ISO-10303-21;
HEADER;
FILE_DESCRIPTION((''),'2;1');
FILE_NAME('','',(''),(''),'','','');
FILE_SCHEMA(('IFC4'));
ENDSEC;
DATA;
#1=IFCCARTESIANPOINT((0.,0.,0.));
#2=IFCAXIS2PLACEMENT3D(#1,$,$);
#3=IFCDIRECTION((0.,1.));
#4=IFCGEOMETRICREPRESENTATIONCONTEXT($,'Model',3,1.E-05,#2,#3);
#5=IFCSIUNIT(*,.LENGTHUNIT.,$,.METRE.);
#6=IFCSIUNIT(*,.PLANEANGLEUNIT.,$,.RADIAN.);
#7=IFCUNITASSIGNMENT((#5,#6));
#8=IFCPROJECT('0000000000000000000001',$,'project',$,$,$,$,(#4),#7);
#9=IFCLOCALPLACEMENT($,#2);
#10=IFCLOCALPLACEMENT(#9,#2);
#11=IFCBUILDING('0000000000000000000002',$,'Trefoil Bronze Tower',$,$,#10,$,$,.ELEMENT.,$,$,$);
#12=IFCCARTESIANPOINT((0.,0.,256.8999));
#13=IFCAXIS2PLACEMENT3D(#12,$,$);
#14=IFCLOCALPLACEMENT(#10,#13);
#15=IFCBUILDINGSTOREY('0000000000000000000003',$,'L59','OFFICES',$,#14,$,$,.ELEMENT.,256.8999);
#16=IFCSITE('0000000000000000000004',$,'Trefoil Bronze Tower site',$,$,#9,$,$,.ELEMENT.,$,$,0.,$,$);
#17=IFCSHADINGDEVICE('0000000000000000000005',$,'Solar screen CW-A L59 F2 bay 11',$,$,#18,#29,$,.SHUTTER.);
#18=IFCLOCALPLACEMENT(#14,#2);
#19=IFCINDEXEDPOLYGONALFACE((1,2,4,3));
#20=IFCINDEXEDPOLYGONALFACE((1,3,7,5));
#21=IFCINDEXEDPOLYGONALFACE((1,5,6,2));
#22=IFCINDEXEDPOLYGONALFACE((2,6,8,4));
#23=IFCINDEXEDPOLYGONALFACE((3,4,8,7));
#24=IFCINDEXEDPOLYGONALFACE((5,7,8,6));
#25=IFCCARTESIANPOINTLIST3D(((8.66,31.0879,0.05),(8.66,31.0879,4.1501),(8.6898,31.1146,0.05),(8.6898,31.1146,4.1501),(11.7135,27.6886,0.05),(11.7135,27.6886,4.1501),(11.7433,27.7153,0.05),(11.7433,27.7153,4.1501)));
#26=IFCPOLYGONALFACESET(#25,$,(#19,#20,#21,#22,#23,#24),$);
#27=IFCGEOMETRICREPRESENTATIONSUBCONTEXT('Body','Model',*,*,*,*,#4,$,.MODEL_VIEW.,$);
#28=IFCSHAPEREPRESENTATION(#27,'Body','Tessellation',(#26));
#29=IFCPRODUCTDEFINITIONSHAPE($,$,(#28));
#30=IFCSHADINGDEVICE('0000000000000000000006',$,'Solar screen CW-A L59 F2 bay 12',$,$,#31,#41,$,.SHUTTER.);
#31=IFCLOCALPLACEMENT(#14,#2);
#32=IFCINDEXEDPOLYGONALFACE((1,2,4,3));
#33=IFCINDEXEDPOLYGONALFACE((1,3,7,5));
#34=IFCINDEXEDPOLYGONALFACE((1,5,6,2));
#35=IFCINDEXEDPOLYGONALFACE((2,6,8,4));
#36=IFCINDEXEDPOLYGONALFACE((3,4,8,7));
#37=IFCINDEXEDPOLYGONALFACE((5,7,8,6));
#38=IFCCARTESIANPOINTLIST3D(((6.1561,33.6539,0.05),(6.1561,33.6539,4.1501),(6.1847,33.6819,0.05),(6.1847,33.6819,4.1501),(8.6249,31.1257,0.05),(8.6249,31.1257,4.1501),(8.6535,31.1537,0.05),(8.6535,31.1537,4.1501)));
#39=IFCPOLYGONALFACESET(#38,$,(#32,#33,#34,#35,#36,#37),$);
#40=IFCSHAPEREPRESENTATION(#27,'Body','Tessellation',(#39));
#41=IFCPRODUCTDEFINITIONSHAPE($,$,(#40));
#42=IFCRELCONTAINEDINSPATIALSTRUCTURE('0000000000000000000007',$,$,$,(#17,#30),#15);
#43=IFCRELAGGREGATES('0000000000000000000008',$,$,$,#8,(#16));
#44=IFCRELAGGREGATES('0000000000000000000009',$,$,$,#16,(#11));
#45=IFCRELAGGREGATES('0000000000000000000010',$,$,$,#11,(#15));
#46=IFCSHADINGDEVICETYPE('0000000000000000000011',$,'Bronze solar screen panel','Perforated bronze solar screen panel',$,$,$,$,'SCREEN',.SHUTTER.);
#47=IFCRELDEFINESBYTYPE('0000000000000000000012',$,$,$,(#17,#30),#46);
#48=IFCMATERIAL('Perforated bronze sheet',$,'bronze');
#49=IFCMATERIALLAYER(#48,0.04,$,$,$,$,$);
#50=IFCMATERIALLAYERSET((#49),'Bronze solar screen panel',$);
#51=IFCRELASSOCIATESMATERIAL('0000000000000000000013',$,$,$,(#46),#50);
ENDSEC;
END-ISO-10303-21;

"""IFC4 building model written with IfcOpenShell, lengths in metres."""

from ifc_helpers import new_model, si_unit, direction, frame, origin, origin_2d, place, context, subcontext, project, spatial, rectangle, extrude, material, layer, layer_set, type_object, element, save


model = new_model("IFC4")

# Units and contexts
model_context = context("Model", 3, precision=1e-05, world=origin(), true_north=direction((0.0, 1.0)))
body_context = subcontext(model_context, "Body", "Model", "MODEL_VIEW")
ifc_project = project(units=[si_unit("LENGTHUNIT", "METRE"), si_unit("PLANEANGLEUNIT", "RADIAN")], contexts=[model_context])

# Site, building, storey
site_placement = place(None, origin())
site = spatial("IfcSite", under=ifc_project, at=site_placement, Name="Trefoil Bronze Tower site", CompositionType="ELEMENT", RefElevation=0.0)
building_placement = place(site_placement, origin())
building = spatial("IfcBuilding", under=site, at=building_placement, Name="Trefoil Bronze Tower", CompositionType="ELEMENT")
storey_placement = place(building_placement, frame((0.0, 0.0, 256.8999)))
storey = spatial("IfcBuildingStorey", under=building, at=storey_placement, Name="L59", Description="OFFICES", CompositionType="ELEMENT", Elevation=256.8999)

# Shading devices
ifc_material_1 = material(Name="Perforated bronze sheet", Category="bronze")
ifc_layer_1 = layer(ifc_material_1, 0.04)
ifc_layer_set_1 = layer_set([ifc_layer_1], Name="Bronze solar screen panel")
shading_device_type = type_object("IfcShadingDeviceType", Name="Bronze solar screen panel", Description="Perforated bronze solar screen panel", ElementType="SCREEN", PredefinedType="SHUTTER", material=ifc_layer_set_1)
shading_device_1_placement = place(storey_placement, frame((10.2017, 29.4016, 0.05), z_axis=(0.0, 0.0, 1.0), x_axis=(-0.668246, 0.743941, 0.0)))
element("IfcShadingDevice", 1, at=shading_device_1_placement, inside=storey, type_object=shading_device_type, Name="Solar screen CW-A L59 F2 bay 11", PredefinedType="SHUTTER", context=body_context, shape_type="SweptSolid", body=[
    extrude(rectangle(XDim=4.5693, YDim=0.04, at=origin_2d()), origin(), (0.0, 0.0, 1.0), 4.1001),
])
shading_device_2_placement = place(storey_placement, frame((7.4048, 32.4038, 0.05), z_axis=(0.0, 0.0, 1.0), x_axis=(-0.698652, 0.715462, 0.0)))
element("IfcShadingDevice", 2, at=shading_device_2_placement, inside=storey, type_object=shading_device_type, Name="Solar screen CW-A L59 F2 bay 12", PredefinedType="SHUTTER", context=body_context, shape_type="SweptSolid", body=[
    extrude(rectangle(XDim=3.5337, YDim=0.04, at=origin_2d()), origin(), (0.0, 0.0, 1.0), 4.1001),
])

save(model, "model.ifc")
